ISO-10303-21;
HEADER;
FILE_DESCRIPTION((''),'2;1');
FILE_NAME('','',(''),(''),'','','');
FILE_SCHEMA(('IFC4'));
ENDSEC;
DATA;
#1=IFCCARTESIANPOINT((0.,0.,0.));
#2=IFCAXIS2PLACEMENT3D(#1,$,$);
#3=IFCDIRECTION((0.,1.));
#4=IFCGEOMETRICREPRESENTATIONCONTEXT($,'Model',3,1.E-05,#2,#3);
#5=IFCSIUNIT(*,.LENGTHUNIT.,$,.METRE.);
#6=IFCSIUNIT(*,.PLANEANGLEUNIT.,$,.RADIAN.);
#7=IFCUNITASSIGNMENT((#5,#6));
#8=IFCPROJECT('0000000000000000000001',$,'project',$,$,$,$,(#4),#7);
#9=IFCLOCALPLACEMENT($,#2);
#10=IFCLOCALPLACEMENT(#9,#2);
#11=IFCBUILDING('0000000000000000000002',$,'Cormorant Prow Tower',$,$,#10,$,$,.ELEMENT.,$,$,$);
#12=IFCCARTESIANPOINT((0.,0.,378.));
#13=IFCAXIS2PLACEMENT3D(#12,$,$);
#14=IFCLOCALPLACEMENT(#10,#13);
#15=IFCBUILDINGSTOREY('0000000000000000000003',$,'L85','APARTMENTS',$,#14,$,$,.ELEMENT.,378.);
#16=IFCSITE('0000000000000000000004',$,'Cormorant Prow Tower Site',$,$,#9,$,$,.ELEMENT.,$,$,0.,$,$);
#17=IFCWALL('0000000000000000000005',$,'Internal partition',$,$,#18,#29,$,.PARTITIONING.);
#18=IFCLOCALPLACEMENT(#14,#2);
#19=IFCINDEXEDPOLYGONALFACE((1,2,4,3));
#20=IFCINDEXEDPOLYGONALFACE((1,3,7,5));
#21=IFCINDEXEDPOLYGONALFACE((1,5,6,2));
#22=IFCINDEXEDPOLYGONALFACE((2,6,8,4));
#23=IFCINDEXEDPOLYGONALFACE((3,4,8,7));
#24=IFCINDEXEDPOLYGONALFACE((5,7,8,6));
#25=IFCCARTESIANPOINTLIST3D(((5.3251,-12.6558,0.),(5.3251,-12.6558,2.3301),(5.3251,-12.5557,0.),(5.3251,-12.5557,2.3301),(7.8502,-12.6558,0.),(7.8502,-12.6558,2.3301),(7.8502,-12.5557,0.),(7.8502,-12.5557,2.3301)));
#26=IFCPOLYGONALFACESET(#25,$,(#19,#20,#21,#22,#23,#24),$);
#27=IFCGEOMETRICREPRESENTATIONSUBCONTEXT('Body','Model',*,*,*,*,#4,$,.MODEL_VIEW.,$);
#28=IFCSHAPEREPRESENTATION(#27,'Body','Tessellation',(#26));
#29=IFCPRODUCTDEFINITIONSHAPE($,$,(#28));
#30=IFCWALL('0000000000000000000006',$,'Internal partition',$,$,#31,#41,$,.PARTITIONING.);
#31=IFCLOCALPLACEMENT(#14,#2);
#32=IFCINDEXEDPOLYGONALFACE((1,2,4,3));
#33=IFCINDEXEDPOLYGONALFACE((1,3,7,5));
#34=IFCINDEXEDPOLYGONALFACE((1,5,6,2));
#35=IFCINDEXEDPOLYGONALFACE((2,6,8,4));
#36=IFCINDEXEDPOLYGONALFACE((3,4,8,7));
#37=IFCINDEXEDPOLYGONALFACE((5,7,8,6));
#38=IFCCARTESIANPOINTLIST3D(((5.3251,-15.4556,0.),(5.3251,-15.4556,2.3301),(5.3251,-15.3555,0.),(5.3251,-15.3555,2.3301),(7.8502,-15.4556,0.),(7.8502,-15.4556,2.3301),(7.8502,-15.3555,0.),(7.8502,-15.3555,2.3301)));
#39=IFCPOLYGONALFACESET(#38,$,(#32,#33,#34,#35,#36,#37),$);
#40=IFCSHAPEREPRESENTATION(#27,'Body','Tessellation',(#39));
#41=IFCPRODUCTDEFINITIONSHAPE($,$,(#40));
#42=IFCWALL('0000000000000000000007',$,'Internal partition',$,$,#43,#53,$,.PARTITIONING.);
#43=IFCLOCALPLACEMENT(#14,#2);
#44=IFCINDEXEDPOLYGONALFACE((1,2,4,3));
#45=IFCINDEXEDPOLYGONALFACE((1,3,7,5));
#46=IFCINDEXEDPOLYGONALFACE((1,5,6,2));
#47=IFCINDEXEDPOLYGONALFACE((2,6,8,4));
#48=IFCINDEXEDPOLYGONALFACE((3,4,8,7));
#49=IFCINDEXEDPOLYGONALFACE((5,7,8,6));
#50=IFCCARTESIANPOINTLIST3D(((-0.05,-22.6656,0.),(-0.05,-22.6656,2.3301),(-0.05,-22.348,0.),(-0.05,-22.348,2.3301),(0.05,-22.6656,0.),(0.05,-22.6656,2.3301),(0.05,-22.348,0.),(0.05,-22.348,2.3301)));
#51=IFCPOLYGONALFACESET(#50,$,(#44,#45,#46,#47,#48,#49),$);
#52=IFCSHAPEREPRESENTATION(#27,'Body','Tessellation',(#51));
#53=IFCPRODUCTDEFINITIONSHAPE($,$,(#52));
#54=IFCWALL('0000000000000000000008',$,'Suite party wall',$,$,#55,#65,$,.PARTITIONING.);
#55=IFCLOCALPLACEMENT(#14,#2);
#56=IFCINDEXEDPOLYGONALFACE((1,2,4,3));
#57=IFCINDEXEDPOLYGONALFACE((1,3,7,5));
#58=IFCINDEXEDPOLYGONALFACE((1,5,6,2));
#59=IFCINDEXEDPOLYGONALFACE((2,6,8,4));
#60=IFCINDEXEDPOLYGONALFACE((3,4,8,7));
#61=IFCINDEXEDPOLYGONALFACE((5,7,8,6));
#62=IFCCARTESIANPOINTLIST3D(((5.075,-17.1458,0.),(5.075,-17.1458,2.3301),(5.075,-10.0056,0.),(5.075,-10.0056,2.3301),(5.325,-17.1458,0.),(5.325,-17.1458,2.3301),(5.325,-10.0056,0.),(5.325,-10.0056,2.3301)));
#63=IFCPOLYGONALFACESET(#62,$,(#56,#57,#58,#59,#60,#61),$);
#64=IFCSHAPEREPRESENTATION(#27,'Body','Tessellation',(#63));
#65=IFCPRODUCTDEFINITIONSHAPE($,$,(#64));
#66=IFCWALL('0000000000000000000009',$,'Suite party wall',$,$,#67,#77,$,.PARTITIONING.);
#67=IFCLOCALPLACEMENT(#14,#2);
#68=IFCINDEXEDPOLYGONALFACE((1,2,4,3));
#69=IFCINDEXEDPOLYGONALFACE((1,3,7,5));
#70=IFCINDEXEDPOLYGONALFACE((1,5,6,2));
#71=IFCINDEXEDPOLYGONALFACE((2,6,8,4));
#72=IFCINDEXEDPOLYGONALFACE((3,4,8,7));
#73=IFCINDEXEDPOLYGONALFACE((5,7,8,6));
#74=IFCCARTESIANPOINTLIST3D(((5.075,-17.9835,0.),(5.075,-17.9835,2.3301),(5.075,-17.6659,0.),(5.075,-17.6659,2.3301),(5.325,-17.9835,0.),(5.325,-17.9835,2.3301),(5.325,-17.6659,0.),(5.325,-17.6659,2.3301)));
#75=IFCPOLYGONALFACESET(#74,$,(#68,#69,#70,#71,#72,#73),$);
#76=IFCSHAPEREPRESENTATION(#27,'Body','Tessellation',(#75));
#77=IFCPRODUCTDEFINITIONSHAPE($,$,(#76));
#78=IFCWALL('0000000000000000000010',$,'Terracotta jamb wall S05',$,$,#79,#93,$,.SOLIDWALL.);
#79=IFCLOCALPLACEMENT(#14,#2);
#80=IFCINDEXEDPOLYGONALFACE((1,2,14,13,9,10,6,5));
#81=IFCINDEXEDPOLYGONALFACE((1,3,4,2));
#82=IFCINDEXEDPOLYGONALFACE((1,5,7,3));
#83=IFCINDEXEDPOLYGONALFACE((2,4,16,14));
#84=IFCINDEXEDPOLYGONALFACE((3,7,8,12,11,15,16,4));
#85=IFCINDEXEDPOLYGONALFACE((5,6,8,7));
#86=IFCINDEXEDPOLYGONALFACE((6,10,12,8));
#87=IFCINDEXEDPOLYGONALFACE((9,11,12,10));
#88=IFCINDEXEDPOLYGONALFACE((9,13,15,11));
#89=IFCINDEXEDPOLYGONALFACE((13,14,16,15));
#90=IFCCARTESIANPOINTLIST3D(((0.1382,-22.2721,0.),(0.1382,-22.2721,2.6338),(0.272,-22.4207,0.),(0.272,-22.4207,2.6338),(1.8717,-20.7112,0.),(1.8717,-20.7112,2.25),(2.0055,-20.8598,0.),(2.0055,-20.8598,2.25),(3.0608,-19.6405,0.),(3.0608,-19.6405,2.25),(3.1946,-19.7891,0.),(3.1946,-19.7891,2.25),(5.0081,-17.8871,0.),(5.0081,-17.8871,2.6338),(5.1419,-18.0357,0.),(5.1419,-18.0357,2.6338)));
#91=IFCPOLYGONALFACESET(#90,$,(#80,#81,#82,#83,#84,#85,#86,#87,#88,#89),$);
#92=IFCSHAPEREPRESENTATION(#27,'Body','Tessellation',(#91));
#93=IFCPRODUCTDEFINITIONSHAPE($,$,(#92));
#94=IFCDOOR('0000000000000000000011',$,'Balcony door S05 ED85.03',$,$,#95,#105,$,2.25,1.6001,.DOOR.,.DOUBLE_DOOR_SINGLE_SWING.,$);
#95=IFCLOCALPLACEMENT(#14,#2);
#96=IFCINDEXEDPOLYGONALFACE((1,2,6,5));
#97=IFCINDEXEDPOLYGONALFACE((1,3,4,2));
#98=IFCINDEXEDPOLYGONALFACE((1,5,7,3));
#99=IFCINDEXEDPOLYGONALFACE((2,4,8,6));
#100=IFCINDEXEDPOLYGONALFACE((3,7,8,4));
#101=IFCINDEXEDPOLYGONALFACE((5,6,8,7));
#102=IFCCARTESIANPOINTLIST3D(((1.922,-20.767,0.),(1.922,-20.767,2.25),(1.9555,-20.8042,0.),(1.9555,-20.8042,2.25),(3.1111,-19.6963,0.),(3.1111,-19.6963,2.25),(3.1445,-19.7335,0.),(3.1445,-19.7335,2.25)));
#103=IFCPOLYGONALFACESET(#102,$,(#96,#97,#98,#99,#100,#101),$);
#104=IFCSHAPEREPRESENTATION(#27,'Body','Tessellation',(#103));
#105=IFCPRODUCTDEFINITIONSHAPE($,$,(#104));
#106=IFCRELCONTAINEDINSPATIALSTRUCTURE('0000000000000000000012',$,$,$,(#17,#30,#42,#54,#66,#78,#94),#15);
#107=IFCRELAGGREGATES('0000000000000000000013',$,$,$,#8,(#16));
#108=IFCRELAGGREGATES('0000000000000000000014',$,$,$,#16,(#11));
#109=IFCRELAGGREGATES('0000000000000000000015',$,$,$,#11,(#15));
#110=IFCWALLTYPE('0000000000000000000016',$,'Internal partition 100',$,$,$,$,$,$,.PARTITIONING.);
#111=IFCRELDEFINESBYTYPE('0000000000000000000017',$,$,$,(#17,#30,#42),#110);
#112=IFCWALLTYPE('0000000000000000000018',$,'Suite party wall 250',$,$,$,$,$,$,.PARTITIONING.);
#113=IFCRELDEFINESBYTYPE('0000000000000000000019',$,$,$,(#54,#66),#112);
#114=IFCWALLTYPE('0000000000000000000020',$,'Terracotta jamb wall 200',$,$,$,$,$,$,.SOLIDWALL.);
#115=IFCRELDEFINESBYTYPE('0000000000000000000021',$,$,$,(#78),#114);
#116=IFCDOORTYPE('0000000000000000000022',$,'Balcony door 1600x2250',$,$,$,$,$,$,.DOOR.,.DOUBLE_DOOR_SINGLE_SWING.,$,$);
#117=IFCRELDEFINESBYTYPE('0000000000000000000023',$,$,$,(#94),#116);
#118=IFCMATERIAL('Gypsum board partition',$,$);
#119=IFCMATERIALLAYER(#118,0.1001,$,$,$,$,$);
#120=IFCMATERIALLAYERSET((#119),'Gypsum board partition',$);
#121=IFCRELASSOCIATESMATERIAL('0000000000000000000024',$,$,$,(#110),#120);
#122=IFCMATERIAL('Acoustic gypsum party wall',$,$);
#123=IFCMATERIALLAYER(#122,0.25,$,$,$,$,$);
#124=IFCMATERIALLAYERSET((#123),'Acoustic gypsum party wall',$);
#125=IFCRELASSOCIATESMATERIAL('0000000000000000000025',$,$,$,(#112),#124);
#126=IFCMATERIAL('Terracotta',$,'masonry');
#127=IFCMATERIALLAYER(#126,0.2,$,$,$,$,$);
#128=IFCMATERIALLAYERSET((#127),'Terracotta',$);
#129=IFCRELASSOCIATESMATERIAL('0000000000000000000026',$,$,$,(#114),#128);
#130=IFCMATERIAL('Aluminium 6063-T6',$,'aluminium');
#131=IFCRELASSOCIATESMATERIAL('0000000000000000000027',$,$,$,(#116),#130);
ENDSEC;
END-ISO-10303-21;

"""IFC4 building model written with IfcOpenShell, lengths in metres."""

from ifc_helpers import new_model, si_unit, direction, frame, frame_2d, origin, place, context, subcontext, project, spatial, rectangle, extrude, material, layer, layer_set, type_object, element, fill, save


model = new_model("IFC4")

# Units and contexts
model_context = context("Model", 3, precision=1e-05, world=origin(), true_north=direction((0.0, 1.0)))
body_context = subcontext(model_context, "Body", "Model", "MODEL_VIEW")
ifc_project = project(units=[si_unit("LENGTHUNIT", "METRE"), si_unit("PLANEANGLEUNIT", "RADIAN")], contexts=[model_context])

# Site, building, storey
site_placement = place(None, origin())
site = spatial("IfcSite", under=ifc_project, at=site_placement, Name="Cormorant Prow Tower Site", CompositionType="ELEMENT", RefElevation=0.0)
building_placement = place(site_placement, origin())
building = spatial("IfcBuilding", under=site, at=building_placement, Name="Cormorant Prow Tower", CompositionType="ELEMENT")
storey_placement = place(building_placement, frame((0.0, 0.0, 378.0)))
storey = spatial("IfcBuildingStorey", under=building, at=storey_placement, Name="L85", Description="APARTMENTS", CompositionType="ELEMENT", Elevation=378.0)

# Shared definitions
ifc_material_1 = material(Name="Gypsum board partition")
ifc_layer_1 = layer(ifc_material_1, 0.1001)
ifc_layer_set_1 = layer_set([ifc_layer_1], Name="Gypsum board partition")
wall_type_1 = type_object("IfcWallType", Name="Internal partition 100", PredefinedType="PARTITIONING", material=ifc_layer_set_1)

# Walls
for number, where, z_axis, x_axis, name in (
    (1, (5.325, -12.6057, 0.0), (0.0, 0.0, 1.0), (1.0, 0.0, 0.0), "Internal partition"),
    (2, (5.325, -15.4055, 0.0), (0.0, 0.0, 1.0), (1.0, 0.0, 0.0), "Internal partition"),
):
    element("IfcWall", number, at=place(storey_placement, frame(where, z_axis=z_axis, x_axis=x_axis)), inside=storey, type_object=wall_type_1, Name=name, PredefinedType="PARTITIONING", context=body_context, shape_type="SweptSolid", body=[
        extrude(rectangle(XDim=2.5251, YDim=0.1001, at=frame_2d((1.2627, 0.0))), origin(), (0.0, 0.0, 1.0), 2.3301),
    ])
wall_1_placement = place(storey_placement, frame((0.0, -22.6655, 0.0), z_axis=(0.0, 0.0, 1.0), x_axis=(0.0, 1.0, 0.0)))
element("IfcWall", 3, at=wall_1_placement, inside=storey, type_object=wall_type_1, Name="Internal partition", PredefinedType="PARTITIONING", context=body_context, shape_type="SweptSolid", body=[
    extrude(rectangle(XDim=0.3176, YDim=0.1001, at=frame_2d((0.1587, 0.0))), origin(), (0.0, 0.0, 1.0), 2.3301),
])
ifc_material_2 = material(Name="Acoustic gypsum party wall")
ifc_layer_2 = layer(ifc_material_2, 0.25)
ifc_layer_set_2 = layer_set([ifc_layer_2], Name="Acoustic gypsum party wall")
wall_type_2 = type_object("IfcWallType", Name="Suite party wall 250", PredefinedType="PARTITIONING", material=ifc_layer_set_2)
wall_2_placement = place(storey_placement, frame((5.2, -17.1458, 0.0), z_axis=(0.0, 0.0, 1.0), x_axis=(0.0, 1.0, 0.0)))
element("IfcWall", 4, at=wall_2_placement, inside=storey, type_object=wall_type_2, Name="Suite party wall", PredefinedType="PARTITIONING", context=body_context, shape_type="SweptSolid", body=[
    extrude(rectangle(XDim=7.1401, YDim=0.25, at=frame_2d((3.5701, 0.0))), origin(), (0.0, 0.0, 1.0), 2.3301),
])
wall_3_placement = place(storey_placement, frame((5.2, -17.9834, 0.0), z_axis=(0.0, 0.0, 1.0), x_axis=(0.0, 1.0, 0.0)))
element("IfcWall", 5, at=wall_3_placement, inside=storey, type_object=wall_type_2, Name="Suite party wall", PredefinedType="PARTITIONING", context=body_context, shape_type="SweptSolid", body=[
    extrude(rectangle(XDim=0.3176, YDim=0.25, at=frame_2d((0.1587, 0.0))), origin(), (0.0, 0.0, 1.0), 2.3301),
])

# Wall, opening, door
ifc_material_3 = material(Name="Terracotta", Category="masonry")
ifc_layer_3 = layer(ifc_material_3, 0.2)
ifc_layer_set_3 = layer_set([ifc_layer_3], Name="Terracotta")
wall_type_3 = type_object("IfcWallType", Name="Terracotta jamb wall 200", PredefinedType="SOLIDWALL", material=ifc_layer_set_3)
wall_4_placement = place(storey_placement, frame((0.2051, -22.3464, 0.0), z_axis=(0.0, 0.0, 1.0), x_axis=(0.743133, 0.669144, 0.0)))
wall_4 = element("IfcWall", 6, at=wall_4_placement, inside=storey, type_object=wall_type_3, Name="Terracotta jamb wall S05", PredefinedType="SOLIDWALL", context=body_context, shape_type="SweptSolid", body=[
    extrude(rectangle(XDim=6.5532, YDim=0.2, at=frame_2d((3.2766, 0.0))), origin(), (0.0, 0.0, 1.0), 2.6338),
])
opening_1_placement = place(wall_4_placement, frame((2.3328, 0.0, 0.0)))
opening_1 = element("IfcOpeningElement", 7, at=opening_1_placement, cuts=wall_4, PredefinedType="OPENING", context=body_context, shape_type="SweptSolid", body=[
    extrude(rectangle(XDim=1.6001, YDim=2.25, at=frame_2d((0.8, 1.125))), frame((0.0, 0.1099, 0.0), z_axis=(0.0, -1.0, 0.0), x_axis=(1.0, 0.0, 0.0)), (0.0, 0.0, 1.0), 0.22),
])
ifc_material_4 = material(Name="Aluminium 6063-T6", Category="aluminium")
door_type_1 = type_object("IfcDoorType", Name="Balcony door 1600x2250", OperationType="DOUBLE_DOOR_SINGLE_SWING", PredefinedType="DOOR", material=ifc_material_4)
door_1_placement = place(opening_1_placement, origin())
door_1 = element("IfcDoor", 8, at=door_1_placement, inside=storey, type_object=door_type_1, Name="Balcony door S05 ED85.03", OperationType="DOUBLE_DOOR_SINGLE_SWING", OverallHeight=2.25, OverallWidth=1.6001, PredefinedType="DOOR", context=body_context, shape_type="SweptSolid", body=[
    extrude(rectangle(XDim=1.6001, YDim=2.25, at=frame_2d((0.8, 1.125))), frame((0.0, 0.0249, 0.0), z_axis=(0.0, -1.0, 0.0), x_axis=(1.0, 0.0, 0.0)), (0.0, 0.0, 1.0), 0.05),
])
fill(opening_1, door_1)

save(model, "model.ifc")
